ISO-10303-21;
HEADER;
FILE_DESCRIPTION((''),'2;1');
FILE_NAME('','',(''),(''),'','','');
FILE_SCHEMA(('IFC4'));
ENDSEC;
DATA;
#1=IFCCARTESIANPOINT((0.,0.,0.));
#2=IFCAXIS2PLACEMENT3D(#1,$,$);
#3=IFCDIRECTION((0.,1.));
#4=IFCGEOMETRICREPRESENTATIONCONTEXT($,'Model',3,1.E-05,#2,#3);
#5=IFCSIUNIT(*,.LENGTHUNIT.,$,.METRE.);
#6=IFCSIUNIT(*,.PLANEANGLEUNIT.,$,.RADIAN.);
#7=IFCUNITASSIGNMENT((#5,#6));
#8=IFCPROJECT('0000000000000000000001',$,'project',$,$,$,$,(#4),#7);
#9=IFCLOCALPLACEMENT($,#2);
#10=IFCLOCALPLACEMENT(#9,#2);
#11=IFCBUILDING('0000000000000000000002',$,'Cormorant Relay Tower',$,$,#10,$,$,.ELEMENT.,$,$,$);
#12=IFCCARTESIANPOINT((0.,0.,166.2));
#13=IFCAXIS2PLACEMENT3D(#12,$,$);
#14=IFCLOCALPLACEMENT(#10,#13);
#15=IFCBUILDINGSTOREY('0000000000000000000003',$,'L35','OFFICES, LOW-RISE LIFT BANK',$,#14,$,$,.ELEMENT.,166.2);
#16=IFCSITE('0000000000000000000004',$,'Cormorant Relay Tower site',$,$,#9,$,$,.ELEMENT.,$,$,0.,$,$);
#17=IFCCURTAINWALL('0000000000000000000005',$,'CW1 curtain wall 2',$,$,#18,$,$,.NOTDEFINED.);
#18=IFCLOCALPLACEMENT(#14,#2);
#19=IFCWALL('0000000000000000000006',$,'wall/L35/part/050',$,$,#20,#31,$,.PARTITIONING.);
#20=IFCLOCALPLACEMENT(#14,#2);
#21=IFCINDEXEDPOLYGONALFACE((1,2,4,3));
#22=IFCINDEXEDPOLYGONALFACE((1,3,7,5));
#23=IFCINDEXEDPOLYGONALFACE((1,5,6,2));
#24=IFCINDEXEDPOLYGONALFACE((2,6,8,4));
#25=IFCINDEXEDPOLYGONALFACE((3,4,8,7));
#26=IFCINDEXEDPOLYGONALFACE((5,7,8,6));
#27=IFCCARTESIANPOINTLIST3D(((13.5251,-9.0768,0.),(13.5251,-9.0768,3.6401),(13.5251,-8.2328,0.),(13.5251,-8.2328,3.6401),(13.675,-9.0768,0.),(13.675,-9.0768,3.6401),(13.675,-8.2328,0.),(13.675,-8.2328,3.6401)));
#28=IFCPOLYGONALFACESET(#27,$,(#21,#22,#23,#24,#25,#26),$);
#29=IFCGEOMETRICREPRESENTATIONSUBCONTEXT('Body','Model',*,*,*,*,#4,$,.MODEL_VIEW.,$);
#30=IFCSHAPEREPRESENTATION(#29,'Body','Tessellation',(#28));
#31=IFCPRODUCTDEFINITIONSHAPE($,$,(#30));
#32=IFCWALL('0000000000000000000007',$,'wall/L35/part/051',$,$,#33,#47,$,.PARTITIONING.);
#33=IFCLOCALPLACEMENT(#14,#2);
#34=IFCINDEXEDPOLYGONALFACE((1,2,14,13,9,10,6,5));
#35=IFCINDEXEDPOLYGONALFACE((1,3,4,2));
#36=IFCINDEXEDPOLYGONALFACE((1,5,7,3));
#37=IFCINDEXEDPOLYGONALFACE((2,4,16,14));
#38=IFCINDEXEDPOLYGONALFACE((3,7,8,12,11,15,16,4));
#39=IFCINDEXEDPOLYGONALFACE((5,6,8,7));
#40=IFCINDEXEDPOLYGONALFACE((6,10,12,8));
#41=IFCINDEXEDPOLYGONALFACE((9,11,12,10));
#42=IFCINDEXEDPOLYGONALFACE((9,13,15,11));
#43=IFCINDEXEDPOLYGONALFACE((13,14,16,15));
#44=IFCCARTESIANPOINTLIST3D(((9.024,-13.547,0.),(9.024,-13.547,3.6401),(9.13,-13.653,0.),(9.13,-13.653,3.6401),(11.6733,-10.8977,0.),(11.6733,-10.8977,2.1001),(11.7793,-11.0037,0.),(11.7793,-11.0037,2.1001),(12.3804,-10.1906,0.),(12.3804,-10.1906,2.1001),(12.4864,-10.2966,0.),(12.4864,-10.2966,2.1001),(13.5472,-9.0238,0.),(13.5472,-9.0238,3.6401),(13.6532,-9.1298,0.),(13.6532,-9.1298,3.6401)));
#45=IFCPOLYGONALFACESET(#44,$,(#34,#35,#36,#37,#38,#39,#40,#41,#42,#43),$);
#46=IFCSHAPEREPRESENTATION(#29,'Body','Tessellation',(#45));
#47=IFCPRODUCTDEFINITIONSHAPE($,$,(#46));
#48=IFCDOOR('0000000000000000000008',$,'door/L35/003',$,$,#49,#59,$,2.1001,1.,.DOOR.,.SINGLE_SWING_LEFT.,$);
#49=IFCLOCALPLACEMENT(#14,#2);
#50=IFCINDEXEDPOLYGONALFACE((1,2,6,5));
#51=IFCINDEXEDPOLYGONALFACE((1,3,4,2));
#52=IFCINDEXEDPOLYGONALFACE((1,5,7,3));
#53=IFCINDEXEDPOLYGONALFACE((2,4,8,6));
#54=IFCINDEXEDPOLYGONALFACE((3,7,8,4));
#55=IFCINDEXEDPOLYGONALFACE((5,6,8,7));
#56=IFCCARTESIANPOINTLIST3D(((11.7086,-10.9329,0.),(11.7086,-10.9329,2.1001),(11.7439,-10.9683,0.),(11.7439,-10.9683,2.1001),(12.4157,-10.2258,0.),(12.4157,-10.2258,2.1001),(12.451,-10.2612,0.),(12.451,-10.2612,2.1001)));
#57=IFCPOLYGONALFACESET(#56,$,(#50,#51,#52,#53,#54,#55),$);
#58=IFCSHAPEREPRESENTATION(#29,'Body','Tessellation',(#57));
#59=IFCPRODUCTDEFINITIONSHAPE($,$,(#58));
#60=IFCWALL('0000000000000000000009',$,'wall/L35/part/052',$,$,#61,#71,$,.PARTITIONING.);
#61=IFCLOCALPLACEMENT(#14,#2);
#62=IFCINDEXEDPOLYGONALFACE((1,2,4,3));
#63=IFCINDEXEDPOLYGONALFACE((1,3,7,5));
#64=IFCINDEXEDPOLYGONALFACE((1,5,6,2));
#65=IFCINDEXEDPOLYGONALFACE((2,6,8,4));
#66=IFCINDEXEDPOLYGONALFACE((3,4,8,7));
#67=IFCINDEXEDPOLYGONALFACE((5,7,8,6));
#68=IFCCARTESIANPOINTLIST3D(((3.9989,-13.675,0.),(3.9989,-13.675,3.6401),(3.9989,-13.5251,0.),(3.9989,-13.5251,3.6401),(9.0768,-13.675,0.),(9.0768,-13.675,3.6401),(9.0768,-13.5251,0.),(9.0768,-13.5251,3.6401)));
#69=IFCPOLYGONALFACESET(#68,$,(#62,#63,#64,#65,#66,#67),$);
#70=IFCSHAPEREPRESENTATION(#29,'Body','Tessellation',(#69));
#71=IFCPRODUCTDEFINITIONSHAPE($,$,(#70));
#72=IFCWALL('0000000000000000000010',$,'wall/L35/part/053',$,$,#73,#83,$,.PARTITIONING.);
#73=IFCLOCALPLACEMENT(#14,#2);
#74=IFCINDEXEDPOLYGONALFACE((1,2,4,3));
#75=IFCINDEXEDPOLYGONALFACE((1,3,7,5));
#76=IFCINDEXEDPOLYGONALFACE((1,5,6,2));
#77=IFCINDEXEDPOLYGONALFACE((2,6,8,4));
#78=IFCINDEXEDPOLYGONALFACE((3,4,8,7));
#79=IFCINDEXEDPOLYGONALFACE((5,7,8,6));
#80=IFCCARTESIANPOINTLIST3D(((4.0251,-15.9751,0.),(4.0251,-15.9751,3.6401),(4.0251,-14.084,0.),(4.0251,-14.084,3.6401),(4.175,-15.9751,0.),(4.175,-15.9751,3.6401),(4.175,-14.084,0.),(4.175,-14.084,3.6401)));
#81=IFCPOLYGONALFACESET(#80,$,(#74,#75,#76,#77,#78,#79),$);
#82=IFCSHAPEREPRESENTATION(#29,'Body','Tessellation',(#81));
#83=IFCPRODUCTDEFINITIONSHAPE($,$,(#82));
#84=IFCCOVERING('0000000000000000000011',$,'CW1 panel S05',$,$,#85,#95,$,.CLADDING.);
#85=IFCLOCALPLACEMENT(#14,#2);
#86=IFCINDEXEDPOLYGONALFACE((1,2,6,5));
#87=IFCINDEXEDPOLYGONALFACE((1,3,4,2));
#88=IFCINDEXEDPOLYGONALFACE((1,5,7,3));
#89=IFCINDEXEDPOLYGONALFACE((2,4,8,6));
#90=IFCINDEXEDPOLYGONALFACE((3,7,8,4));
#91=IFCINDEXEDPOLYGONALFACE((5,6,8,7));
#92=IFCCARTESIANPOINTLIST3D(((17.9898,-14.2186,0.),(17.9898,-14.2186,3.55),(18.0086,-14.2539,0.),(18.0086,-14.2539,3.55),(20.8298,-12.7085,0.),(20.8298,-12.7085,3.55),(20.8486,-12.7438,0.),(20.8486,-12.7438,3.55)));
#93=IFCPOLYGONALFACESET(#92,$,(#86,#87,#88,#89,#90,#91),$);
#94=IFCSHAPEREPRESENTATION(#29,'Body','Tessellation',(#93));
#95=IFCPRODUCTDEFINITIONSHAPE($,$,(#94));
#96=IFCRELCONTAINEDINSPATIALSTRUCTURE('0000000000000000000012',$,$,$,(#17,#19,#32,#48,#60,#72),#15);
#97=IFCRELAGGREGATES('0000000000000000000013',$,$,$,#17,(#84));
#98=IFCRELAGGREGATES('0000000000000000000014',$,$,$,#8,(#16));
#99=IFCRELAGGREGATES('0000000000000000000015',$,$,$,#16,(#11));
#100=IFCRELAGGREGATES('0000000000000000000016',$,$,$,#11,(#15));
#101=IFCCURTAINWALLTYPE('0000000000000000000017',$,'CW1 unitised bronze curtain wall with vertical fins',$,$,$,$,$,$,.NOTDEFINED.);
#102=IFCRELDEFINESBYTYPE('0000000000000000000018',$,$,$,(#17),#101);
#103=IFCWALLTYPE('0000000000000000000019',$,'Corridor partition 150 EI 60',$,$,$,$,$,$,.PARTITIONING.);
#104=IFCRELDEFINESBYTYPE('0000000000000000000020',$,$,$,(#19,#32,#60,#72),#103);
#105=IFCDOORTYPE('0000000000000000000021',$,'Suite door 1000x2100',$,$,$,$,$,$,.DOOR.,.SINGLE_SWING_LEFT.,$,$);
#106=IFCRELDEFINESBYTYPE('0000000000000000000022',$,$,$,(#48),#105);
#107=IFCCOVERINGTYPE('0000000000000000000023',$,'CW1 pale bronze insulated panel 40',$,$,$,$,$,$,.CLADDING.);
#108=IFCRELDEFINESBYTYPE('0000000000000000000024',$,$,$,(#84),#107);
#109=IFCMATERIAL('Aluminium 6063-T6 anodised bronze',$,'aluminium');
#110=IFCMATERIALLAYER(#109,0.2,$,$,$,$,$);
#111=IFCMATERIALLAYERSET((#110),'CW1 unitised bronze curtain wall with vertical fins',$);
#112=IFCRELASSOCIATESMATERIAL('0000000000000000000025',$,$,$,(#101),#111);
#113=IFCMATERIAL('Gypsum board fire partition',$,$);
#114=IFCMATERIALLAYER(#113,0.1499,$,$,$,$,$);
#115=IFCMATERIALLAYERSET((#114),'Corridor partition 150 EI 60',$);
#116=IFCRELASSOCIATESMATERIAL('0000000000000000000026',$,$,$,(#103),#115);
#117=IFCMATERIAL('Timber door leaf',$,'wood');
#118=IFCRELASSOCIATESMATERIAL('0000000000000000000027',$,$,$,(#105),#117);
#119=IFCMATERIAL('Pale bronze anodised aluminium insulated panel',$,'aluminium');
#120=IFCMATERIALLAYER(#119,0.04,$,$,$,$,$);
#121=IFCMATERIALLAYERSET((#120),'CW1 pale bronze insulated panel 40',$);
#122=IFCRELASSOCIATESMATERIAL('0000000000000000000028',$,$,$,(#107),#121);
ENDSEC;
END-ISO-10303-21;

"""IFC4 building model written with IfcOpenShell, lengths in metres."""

from ifc_helpers import new_model, si_unit, direction, frame, frame_2d, origin, origin_2d, place, context, subcontext, project, spatial, rectangle, extrude, material, layer, layer_set, type_object, element, fill, aggregate, save


model = new_model("IFC4")

# Units and contexts
model_context = context("Model", 3, precision=1e-05, world=origin(), true_north=direction((0.0, 1.0)))
body_context = subcontext(model_context, "Body", "Model", "MODEL_VIEW")
ifc_project = project(units=[si_unit("LENGTHUNIT", "METRE"), si_unit("PLANEANGLEUNIT", "RADIAN")], contexts=[model_context])

# Site, building, storey
site_placement = place(None, origin())
site = spatial("IfcSite", under=ifc_project, at=site_placement, Name="Cormorant Relay Tower site", CompositionType="ELEMENT", RefElevation=0.0)
building_placement = place(site_placement, origin())
building = spatial("IfcBuilding", under=site, at=building_placement, Name="Cormorant Relay Tower", CompositionType="ELEMENT")
storey_placement = place(building_placement, frame((0.0, 0.0, 166.2)))
storey = spatial("IfcBuildingStorey", under=building, at=storey_placement, Name="L35", Description="OFFICES, LOW-RISE LIFT BANK", CompositionType="ELEMENT", Elevation=166.2)

# Curtain wall
ifc_material_1 = material(Name="Aluminium 6063-T6 anodised bronze", Category="aluminium")
ifc_layer_1 = layer(ifc_material_1, 0.2)
ifc_layer_set_1 = layer_set([ifc_layer_1], Name="CW1 unitised bronze curtain wall with vertical fins")
curtain_wall_type = type_object("IfcCurtainWallType", Name="CW1 unitised bronze curtain wall with vertical fins", PredefinedType="NOTDEFINED", material=ifc_layer_set_1)
curtain_wall_placement = place(storey_placement, origin())
curtain_wall = element("IfcCurtainWall", 1, at=curtain_wall_placement, inside=storey, type_object=curtain_wall_type, Name="CW1 curtain wall 2", PredefinedType="NOTDEFINED")

# Wall
ifc_material_2 = material(Name="Gypsum board fire partition")
ifc_layer_2 = layer(ifc_material_2, 0.1499)
ifc_layer_set_2 = layer_set([ifc_layer_2], Name="Corridor partition 150 EI 60")
wall_type_1 = type_object("IfcWallType", Name="Corridor partition 150 EI 60", PredefinedType="PARTITIONING", material=ifc_layer_set_2)
wall_1_placement = place(storey_placement, frame((13.6001, -8.2329, 0.0), z_axis=(0.0, 0.0, 1.0), x_axis=(0.0, -1.0, 0.0)))
element("IfcWall", 2, at=wall_1_placement, inside=storey, type_object=wall_type_1, Name="wall/L35/part/050", PredefinedType="PARTITIONING", context=body_context, shape_type="SweptSolid", body=[
    extrude(rectangle(XDim=0.844, YDim=0.1499, at=frame_2d((0.4219, 0.0))), origin(), (0.0, 0.0, 1.0), 3.6401),
])

# Wall, opening, door
wall_2_placement = place(storey_placement, frame((13.6001, -9.0769, 0.0), z_axis=(0.0, 0.0, 1.0), x_axis=(-0.707107, -0.707107, 0.0)))
wall_2 = element("IfcWall", 3, at=wall_2_placement, inside=storey, type_object=wall_type_1, Name="wall/L35/part/051", PredefinedType="PARTITIONING", context=body_context, shape_type="SweptSolid", body=[
    extrude(rectangle(XDim=6.3967, YDim=0.1499, at=frame_2d((3.1982, 0.0))), origin(), (0.0, 0.0, 1.0), 3.6401),
])
opening_1_placement = place(wall_2_placement, frame((1.6499, 0.0, 0.0)))
opening_1 = element("IfcOpeningElement", 4, at=opening_1_placement, cuts=wall_2, PredefinedType="OPENING", context=body_context, shape_type="SweptSolid", body=[
    extrude(rectangle(XDim=1.0, YDim=2.1001, at=frame_2d((0.5, 1.05))), frame((0.0, 0.085, 0.0), z_axis=(0.0, -1.0, 0.0), x_axis=(1.0, 0.0, 0.0)), (0.0, 0.0, 1.0), 0.1699),
])
ifc_material_3 = material(Name="Timber door leaf", Category="wood")
door_type_1 = type_object("IfcDoorType", Name="Suite door 1000x2100", OperationType="SINGLE_SWING_LEFT", PredefinedType="DOOR", material=ifc_material_3)
door_1_placement = place(opening_1_placement, origin())
door_1 = element("IfcDoor", 5, at=door_1_placement, inside=storey, type_object=door_type_1, Name="door/L35/003", OperationType="SINGLE_SWING_LEFT", OverallHeight=2.1001, OverallWidth=1.0, PredefinedType="DOOR", context=body_context, shape_type="SweptSolid", body=[
    extrude(rectangle(XDim=1.0, YDim=2.1001, at=frame_2d((0.5, 1.05))), frame((0.0, 0.0249, 0.0), z_axis=(0.0, -1.0, 0.0), x_axis=(1.0, 0.0, 0.0)), (0.0, 0.0, 1.0), 0.05),
])
fill(opening_1, door_1)

# Walls
wall_3_placement = place(storey_placement, frame((9.0769, -13.6001, 0.0), z_axis=(0.0, 0.0, 1.0), x_axis=(-1.0, 0.0, 0.0)))
element("IfcWall", 6, at=wall_3_placement, inside=storey, type_object=wall_type_1, Name="wall/L35/part/052", PredefinedType="PARTITIONING", context=body_context, shape_type="SweptSolid", body=[
    extrude(rectangle(XDim=5.0779, YDim=0.1499, at=frame_2d((2.5391, 0.0))), origin(), (0.0, 0.0, 1.0), 3.6401),
])
wall_4_placement = place(storey_placement, frame((4.1001, -14.084, 0.0), z_axis=(0.0, 0.0, 1.0), x_axis=(0.0, -1.0, 0.0)))
element("IfcWall", 7, at=wall_4_placement, inside=storey, type_object=wall_type_1, Name="wall/L35/part/053", PredefinedType="PARTITIONING", context=body_context, shape_type="SweptSolid", body=[
    extrude(rectangle(XDim=1.8911, YDim=0.1499, at=frame_2d((0.9456, 0.0))), origin(), (0.0, 0.0, 1.0), 3.6401),
])

# Covering
ifc_material_4 = material(Name="Pale bronze anodised aluminium insulated panel", Category="aluminium")
ifc_layer_3 = layer(ifc_material_4, 0.04)
ifc_layer_set_3 = layer_set([ifc_layer_3], Name="CW1 pale bronze insulated panel 40")
covering_type = type_object("IfcCoveringType", Name="CW1 pale bronze insulated panel 40", PredefinedType="CLADDING", material=ifc_layer_set_3)
covering_placement = place(storey_placement, frame((19.4192, -13.4812, 0.0), z_axis=(0.0, 0.0, 1.0), x_axis=(0.882948, 0.469472, 0.0)))
covering = element("IfcCovering", 8, at=covering_placement, type_object=covering_type, Name="CW1 panel S05", PredefinedType="CLADDING", context=body_context, shape_type="SweptSolid", body=[
    extrude(rectangle(XDim=3.2166, YDim=0.04, at=origin_2d()), origin(), (0.0, 0.0, 1.0), 3.55),
])
aggregate(curtain_wall, [covering])

save(model, "model.ifc")
